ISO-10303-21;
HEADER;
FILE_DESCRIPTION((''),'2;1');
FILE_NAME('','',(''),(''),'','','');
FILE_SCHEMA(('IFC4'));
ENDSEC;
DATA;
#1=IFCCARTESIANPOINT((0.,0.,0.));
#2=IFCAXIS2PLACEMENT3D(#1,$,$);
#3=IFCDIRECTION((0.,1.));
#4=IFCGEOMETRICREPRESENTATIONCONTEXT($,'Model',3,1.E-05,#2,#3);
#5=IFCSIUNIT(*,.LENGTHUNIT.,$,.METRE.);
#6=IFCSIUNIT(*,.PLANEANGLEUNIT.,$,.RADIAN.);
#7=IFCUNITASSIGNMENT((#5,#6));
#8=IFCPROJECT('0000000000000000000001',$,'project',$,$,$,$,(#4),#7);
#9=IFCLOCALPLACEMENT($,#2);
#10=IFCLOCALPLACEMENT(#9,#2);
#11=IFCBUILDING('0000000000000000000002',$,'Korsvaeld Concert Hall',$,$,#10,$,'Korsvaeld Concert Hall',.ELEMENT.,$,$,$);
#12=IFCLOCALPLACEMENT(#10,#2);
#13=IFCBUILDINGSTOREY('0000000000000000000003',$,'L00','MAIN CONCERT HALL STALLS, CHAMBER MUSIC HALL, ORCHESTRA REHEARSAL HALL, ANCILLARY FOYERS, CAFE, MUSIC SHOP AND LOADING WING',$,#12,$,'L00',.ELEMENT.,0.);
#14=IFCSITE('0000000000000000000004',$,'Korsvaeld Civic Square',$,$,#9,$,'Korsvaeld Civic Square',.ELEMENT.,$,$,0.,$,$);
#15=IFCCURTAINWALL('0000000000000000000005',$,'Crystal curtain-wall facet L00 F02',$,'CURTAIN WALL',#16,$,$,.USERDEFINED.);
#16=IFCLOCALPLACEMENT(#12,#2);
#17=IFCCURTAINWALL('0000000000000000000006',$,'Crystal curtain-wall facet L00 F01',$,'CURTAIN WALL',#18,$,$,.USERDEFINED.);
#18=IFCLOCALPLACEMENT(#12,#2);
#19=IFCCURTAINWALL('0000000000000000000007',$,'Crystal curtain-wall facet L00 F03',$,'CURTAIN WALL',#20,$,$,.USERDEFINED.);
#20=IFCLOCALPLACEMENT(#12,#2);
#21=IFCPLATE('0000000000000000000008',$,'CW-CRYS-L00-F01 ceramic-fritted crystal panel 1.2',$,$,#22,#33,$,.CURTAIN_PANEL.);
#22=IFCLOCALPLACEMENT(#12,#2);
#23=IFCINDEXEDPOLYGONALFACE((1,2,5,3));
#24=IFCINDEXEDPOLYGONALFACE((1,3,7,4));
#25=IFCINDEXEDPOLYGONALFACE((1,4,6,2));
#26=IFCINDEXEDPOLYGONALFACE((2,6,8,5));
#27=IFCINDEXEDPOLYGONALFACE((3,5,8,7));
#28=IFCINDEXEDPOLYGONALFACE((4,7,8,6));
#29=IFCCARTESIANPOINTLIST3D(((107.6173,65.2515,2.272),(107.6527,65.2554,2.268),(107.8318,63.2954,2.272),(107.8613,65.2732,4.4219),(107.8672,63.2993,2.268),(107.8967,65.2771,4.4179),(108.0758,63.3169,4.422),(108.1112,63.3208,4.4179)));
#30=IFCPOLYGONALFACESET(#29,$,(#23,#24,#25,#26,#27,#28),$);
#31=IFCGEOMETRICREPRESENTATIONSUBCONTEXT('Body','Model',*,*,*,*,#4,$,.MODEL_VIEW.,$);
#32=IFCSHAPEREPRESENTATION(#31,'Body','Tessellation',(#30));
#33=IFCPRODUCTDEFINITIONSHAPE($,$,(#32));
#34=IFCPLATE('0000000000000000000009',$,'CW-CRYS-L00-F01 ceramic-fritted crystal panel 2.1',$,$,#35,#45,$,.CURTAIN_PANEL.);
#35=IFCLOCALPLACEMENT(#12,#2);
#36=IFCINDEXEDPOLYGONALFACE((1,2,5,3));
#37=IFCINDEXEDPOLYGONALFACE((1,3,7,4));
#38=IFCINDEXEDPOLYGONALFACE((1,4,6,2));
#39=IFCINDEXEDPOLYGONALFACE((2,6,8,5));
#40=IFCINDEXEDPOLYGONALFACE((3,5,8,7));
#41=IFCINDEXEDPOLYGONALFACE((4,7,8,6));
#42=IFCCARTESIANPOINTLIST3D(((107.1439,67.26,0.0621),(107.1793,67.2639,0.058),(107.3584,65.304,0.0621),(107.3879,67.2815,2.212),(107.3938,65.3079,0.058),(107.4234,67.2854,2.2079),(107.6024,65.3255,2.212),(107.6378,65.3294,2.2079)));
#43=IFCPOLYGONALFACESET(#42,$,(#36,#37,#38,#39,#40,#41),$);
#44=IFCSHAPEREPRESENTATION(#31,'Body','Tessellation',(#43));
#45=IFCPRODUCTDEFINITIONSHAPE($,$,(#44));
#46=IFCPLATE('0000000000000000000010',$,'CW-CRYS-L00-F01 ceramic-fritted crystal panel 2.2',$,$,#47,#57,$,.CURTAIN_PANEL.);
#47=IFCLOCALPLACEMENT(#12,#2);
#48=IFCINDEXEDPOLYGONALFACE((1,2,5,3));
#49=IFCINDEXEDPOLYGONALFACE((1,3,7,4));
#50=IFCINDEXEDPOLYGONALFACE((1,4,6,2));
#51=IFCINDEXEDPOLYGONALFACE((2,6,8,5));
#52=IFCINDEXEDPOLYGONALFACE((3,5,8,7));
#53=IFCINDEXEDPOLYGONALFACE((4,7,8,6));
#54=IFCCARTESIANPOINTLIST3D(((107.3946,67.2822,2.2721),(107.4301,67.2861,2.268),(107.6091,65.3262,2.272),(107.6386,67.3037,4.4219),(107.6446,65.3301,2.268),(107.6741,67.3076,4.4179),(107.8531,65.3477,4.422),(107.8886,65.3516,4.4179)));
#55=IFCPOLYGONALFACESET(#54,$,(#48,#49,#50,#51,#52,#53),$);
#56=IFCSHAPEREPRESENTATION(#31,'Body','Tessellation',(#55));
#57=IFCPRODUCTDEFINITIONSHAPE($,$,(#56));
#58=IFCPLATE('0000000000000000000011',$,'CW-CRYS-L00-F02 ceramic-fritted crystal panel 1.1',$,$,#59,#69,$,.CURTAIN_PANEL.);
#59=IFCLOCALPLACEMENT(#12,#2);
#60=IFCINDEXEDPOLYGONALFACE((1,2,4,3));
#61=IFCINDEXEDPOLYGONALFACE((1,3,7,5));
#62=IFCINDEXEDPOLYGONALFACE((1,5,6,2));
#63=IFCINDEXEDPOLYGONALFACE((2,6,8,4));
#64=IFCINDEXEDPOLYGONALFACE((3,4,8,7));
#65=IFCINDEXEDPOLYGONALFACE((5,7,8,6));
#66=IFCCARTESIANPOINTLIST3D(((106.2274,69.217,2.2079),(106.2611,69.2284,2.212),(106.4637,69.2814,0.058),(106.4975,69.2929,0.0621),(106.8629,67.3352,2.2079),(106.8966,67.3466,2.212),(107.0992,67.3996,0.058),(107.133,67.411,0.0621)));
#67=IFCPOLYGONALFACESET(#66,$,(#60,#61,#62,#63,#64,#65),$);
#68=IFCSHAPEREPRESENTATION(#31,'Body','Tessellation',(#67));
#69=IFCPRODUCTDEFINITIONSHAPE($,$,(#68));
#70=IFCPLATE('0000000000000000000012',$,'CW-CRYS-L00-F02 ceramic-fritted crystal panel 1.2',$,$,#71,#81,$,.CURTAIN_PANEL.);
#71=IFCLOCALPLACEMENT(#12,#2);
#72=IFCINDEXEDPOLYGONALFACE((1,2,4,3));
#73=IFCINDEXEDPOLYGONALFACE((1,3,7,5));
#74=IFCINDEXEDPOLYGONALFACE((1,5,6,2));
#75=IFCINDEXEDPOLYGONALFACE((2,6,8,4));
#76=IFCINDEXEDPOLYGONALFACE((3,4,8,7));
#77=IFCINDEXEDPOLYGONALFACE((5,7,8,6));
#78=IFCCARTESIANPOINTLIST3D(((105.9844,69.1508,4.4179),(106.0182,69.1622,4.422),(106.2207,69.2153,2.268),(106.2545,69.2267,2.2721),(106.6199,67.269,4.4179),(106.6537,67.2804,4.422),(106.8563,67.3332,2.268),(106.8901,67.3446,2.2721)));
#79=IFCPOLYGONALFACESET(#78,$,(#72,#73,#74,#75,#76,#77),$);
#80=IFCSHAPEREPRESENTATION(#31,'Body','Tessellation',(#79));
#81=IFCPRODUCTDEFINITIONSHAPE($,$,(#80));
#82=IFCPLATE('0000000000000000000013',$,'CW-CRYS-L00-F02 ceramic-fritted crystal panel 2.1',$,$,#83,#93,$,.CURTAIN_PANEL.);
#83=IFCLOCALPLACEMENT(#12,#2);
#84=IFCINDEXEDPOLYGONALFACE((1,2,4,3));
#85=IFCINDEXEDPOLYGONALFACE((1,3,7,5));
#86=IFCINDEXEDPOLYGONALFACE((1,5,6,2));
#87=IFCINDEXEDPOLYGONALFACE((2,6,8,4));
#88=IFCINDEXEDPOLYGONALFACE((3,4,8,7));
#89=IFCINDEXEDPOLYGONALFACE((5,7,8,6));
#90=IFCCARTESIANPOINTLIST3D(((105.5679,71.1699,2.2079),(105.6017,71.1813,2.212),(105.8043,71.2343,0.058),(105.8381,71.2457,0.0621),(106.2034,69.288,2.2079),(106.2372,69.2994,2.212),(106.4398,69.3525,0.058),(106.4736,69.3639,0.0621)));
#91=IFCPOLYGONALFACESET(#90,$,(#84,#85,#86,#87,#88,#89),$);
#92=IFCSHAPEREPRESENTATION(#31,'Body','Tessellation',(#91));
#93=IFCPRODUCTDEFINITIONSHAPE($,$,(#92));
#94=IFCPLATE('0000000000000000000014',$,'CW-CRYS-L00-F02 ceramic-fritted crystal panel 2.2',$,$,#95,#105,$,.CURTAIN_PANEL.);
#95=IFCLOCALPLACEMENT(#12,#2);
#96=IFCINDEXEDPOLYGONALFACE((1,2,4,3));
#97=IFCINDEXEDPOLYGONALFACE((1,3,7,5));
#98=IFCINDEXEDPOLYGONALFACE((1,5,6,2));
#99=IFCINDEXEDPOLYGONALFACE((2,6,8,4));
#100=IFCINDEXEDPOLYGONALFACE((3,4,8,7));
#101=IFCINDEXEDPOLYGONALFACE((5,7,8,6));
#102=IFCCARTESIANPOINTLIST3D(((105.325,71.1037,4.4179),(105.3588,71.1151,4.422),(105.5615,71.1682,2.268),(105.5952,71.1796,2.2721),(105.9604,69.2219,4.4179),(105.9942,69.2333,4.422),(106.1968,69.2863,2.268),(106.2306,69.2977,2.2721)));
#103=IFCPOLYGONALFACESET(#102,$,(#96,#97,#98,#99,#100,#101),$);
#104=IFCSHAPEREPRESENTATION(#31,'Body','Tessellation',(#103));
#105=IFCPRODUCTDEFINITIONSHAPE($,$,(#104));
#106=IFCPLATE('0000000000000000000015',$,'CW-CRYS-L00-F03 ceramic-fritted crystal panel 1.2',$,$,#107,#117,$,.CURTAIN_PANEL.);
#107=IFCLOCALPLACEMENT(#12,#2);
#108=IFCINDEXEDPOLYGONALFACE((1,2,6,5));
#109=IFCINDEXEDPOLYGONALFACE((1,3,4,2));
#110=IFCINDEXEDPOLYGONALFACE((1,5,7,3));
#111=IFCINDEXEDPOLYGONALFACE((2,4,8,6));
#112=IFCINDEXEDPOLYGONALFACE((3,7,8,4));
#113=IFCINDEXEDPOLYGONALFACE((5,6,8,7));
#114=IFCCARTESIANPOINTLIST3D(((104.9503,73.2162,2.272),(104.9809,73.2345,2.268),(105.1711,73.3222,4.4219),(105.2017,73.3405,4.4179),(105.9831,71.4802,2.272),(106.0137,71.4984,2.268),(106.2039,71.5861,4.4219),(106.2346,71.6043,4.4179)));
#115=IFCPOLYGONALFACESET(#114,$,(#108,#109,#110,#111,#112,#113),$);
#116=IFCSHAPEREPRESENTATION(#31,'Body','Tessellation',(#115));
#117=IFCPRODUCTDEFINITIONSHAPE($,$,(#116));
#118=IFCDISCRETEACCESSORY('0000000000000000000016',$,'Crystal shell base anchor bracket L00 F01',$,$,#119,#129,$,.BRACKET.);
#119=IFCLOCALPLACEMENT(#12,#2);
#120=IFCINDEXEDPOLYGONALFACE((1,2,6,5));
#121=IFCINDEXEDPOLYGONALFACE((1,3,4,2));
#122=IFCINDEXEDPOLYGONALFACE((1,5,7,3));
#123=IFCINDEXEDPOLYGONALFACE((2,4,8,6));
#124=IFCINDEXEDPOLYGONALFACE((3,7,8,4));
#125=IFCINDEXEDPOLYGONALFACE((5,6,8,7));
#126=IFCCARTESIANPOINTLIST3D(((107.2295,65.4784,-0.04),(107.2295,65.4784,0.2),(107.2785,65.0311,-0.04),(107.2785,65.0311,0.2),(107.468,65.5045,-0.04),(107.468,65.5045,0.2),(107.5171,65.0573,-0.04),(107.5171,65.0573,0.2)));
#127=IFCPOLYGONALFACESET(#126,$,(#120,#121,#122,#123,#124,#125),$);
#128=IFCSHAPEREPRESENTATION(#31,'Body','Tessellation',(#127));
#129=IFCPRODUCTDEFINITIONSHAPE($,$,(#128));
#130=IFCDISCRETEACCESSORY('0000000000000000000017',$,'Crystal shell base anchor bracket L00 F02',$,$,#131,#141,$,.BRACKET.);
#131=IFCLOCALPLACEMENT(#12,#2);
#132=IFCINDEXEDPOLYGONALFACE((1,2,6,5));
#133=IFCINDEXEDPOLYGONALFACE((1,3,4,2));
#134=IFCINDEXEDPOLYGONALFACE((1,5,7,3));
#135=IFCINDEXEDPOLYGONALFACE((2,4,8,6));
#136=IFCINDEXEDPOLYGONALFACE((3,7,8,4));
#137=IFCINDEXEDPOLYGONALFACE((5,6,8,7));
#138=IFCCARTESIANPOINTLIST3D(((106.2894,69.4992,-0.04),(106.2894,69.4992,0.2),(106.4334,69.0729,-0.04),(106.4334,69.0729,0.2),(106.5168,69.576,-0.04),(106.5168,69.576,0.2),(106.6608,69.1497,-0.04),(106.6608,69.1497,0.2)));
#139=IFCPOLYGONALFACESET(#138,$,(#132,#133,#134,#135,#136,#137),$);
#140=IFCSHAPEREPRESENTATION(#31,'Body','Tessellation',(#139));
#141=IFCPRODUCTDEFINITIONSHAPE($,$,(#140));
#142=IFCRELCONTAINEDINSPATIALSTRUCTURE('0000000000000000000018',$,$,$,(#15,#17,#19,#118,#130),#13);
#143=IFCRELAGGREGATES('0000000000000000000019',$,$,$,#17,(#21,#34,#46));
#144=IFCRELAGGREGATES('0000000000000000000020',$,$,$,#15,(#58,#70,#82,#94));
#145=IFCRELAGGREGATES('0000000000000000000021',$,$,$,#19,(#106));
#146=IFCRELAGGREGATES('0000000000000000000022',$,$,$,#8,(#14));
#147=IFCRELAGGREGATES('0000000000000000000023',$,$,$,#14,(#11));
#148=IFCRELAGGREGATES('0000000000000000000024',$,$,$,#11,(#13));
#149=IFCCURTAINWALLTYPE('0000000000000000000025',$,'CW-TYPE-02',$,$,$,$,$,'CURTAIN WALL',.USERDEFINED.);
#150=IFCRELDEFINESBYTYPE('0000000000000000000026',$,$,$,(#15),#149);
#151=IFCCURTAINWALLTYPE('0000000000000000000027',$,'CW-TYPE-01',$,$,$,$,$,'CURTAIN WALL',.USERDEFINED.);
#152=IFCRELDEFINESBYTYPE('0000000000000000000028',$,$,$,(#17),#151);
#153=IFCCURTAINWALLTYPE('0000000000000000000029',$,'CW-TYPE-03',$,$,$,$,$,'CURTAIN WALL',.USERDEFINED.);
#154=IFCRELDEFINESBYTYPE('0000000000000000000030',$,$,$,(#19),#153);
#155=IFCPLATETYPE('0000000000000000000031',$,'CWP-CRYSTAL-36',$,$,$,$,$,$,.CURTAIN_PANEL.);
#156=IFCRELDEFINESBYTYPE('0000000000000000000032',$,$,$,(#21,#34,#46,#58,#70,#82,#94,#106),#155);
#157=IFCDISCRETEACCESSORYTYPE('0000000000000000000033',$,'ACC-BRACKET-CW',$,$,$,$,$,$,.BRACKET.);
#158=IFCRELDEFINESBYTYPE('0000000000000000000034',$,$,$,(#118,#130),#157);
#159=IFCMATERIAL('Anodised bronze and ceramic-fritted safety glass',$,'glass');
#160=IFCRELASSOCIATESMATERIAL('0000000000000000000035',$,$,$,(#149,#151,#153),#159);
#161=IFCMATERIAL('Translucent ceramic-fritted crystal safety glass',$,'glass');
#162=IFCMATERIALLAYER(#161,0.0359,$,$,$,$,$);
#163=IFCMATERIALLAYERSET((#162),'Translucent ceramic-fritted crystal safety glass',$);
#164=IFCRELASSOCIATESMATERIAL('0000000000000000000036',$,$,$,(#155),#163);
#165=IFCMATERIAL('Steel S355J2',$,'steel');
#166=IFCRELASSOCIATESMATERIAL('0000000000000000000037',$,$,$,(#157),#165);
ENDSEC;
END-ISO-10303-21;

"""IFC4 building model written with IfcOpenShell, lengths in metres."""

from ifc_helpers import new_model, si_unit, direction, frame, origin, origin_2d, place, context, subcontext, project, spatial, polyline, rectangle, outline, extrude, material, layer, layer_set, type_object, element, aggregate, save


model = new_model("IFC4")

# Units and contexts
model_context = context("Model", 3, precision=1e-05, world=origin(), true_north=direction((0.0, 1.0)))
body_context = subcontext(model_context, "Body", "Model", "MODEL_VIEW")
ifc_project = project(units=[si_unit("LENGTHUNIT", "METRE"), si_unit("PLANEANGLEUNIT", "RADIAN")], contexts=[model_context])

# Site, building, storey
site_placement = place(None, origin())
site = spatial("IfcSite", under=ifc_project, at=site_placement, Name="Korsvaeld Civic Square", LongName="Korsvaeld Civic Square", CompositionType="ELEMENT", RefElevation=0.0)
building_placement = place(site_placement, origin())
building = spatial("IfcBuilding", under=site, at=building_placement, Name="Korsvaeld Concert Hall", LongName="Korsvaeld Concert Hall", CompositionType="ELEMENT")
storey_placement = place(building_placement, origin())
storey = spatial("IfcBuildingStorey", under=building, at=storey_placement, Name="L00", Description="MAIN CONCERT HALL STALLS, CHAMBER MUSIC HALL, ORCHESTRA REHEARSAL HALL, ANCILLARY FOYERS, CAFE, MUSIC SHOP AND LOADING WING", LongName="L00", CompositionType="ELEMENT", Elevation=0.0)

# Curtain walls
ifc_material_1 = material(Name="Anodised bronze and ceramic-fritted safety glass", Category="glass")
curtain_wall_type_1 = type_object("IfcCurtainWallType", Name="CW-TYPE-02", ElementType="CURTAIN WALL", PredefinedType="USERDEFINED", material=ifc_material_1)
curtain_wall_1_placement = place(storey_placement, origin())
curtain_wall_1 = element("IfcCurtainWall", 1, at=curtain_wall_1_placement, inside=storey, type_object=curtain_wall_type_1, Name="Crystal curtain-wall facet L00 F02", ObjectType="CURTAIN WALL", PredefinedType="USERDEFINED")
curtain_wall_type_2 = type_object("IfcCurtainWallType", Name="CW-TYPE-01", ElementType="CURTAIN WALL", PredefinedType="USERDEFINED", material=ifc_material_1)
curtain_wall_2_placement = place(storey_placement, origin())
curtain_wall_2 = element("IfcCurtainWall", 2, at=curtain_wall_2_placement, inside=storey, type_object=curtain_wall_type_2, Name="Crystal curtain-wall facet L00 F01", ObjectType="CURTAIN WALL", PredefinedType="USERDEFINED")

# Curtain wall
curtain_wall_type_3 = type_object("IfcCurtainWallType", Name="CW-TYPE-03", ElementType="CURTAIN WALL", PredefinedType="USERDEFINED", material=ifc_material_1)
curtain_wall_3_placement = place(storey_placement, origin())
curtain_wall_3 = element("IfcCurtainWall", 3, at=curtain_wall_3_placement, inside=storey, type_object=curtain_wall_type_3, Name="Crystal curtain-wall facet L00 F03", ObjectType="CURTAIN WALL", PredefinedType="USERDEFINED")

# Plates
ifc_material_2 = material(Name="Translucent ceramic-fritted crystal safety glass", Category="glass")
ifc_layer = layer(ifc_material_2, 0.0359)
ifc_layer_set = layer_set([ifc_layer], Name="Translucent ceramic-fritted crystal safety glass")
plate_type = type_object("IfcPlateType", Name="CWP-CRYSTAL-36", PredefinedType="CURTAIN_PANEL", material=ifc_layer_set)
plate_1_placement = place(storey_placement, frame((107.8494, 63.2974, 2.27), z_axis=(0.987655, 0.108288, -0.113189), x_axis=(-0.108987, 0.994043, 0.000006)))
plate_1 = element("IfcPlate", 4, at=plate_1_placement, type_object=plate_type, Name="CW-CRYS-L00-F01 ceramic-fritted crystal panel 1.2", PredefinedType="CURTAIN_PANEL", context=body_context, shape_type="SweptSolid", body=[
    extrude(outline(polyline([(0.0, 0.0), (1.9678, 0.0), (1.9628, 2.1638), (-0.0052, 2.1638), (0.0, 0.0)])), frame((0.0, 0.0, 0.0181)), (0.0, 0.0, -1.0), 0.0359),
])
plate_2_placement = place(storey_placement, frame((107.376, 65.3059, 0.0601), z_axis=(0.987655, 0.108294, -0.113183), x_axis=(-0.108996, 0.994042, -0.000007)))
plate_2 = element("IfcPlate", 5, at=plate_2_placement, type_object=plate_type, Name="CW-CRYS-L00-F01 ceramic-fritted crystal panel 2.1", PredefinedType="CURTAIN_PANEL", context=body_context, shape_type="SweptSolid", body=[
    extrude(outline(polyline([(0.0, 0.0), (1.9678, 0.0), (1.9625, 2.1638), (-0.0052, 2.1638), (0.0, 0.0)])), frame((0.0, 0.0, 0.0181)), (0.0, 0.0, -1.0), 0.0359),
])
plate_3_placement = place(storey_placement, frame((107.6267, 65.3281, 2.27), z_axis=(0.987655, 0.108294, -0.113183), x_axis=(-0.108994, 0.994042, 0.000007)))
plate_3 = element("IfcPlate", 6, at=plate_3_placement, type_object=plate_type, Name="CW-CRYS-L00-F01 ceramic-fritted crystal panel 2.2", PredefinedType="CURTAIN_PANEL", context=body_context, shape_type="SweptSolid", body=[
    extrude(outline(polyline([(0.0, 0.0), (1.9678, 0.0), (1.9626, 2.1638), (-0.0052, 2.1638), (0.0, 0.0)])), frame((0.0, 0.0, 0.0181)), (0.0, 0.0, -1.0), 0.0359),
])
aggregate(curtain_wall_2, [plate_1, plate_2, plate_3])
plate_4_placement = place(storey_placement, frame((107.116, 67.4053, 0.0601), z_axis=(0.941365, 0.3179, 0.11301), x_axis=(-0.31995, 0.947435, 0.0)))
plate_4 = element("IfcPlate", 7, at=plate_4_placement, type_object=plate_type, Name="CW-CRYS-L00-F02 ceramic-fritted crystal panel 1.1", PredefinedType="CURTAIN_PANEL", context=body_context, shape_type="SweptSolid", body=[
    extrude(outline(polyline([(0.0, 0.0), (1.9862, 0.0), (2.0008, 2.1638), (0.0145, 2.1638), (0.0, 0.0)])), frame((0.0, 0.0, 0.0181)), (0.0, 0.0, -1.0), 0.0359),
])
plate_5_placement = place(storey_placement, frame((106.873, 67.3389, 2.27), z_axis=(0.941373, 0.317882, 0.112992), x_axis=(-0.319931, 0.947441, -0.000002)))
plate_5 = element("IfcPlate", 8, at=plate_5_placement, type_object=plate_type, Name="CW-CRYS-L00-F02 ceramic-fritted crystal panel 1.2", PredefinedType="CURTAIN_PANEL", context=body_context, shape_type="SweptSolid", body=[
    extrude(outline(polyline([(0.0, 0.0), (1.9865, 0.0), (2.001, 2.1638), (0.0148, 2.1638), (0.0, 0.0)])), frame((0.0, 0.0, 0.0181)), (0.0, 0.0, -1.0), 0.0359),
])
plate_6_placement = place(storey_placement, frame((106.4565, 69.3582, 0.0601), z_axis=(0.941365, 0.3179, 0.11301), x_axis=(-0.31995, 0.947435, 0.0)))
plate_6 = element("IfcPlate", 9, at=plate_6_placement, type_object=plate_type, Name="CW-CRYS-L00-F02 ceramic-fritted crystal panel 2.1", PredefinedType="CURTAIN_PANEL", context=body_context, shape_type="SweptSolid", body=[
    extrude(outline(polyline([(0.0, 0.0), (1.9862, 0.0), (2.0008, 2.1638), (0.0145, 2.1638), (0.0, 0.0)])), frame((0.0, 0.0, 0.0181)), (0.0, 0.0, -1.0), 0.0359),
])
plate_7_placement = place(storey_placement, frame((106.2136, 69.292, 2.27), z_axis=(0.941378, 0.317843, 0.113063), x_axis=(-0.319895, 0.947453, 0.000007)))
plate_7 = element("IfcPlate", 10, at=plate_7_placement, type_object=plate_type, Name="CW-CRYS-L00-F02 ceramic-fritted crystal panel 2.2", PredefinedType="CURTAIN_PANEL", context=body_context, shape_type="SweptSolid", body=[
    extrude(outline(polyline([(0.0, 0.0), (1.9862, 0.0), (2.0008, 2.1638), (0.0146, 2.1638), (0.0, 0.0)])), frame((0.0, 0.0, 0.0181)), (0.0, 0.0, -1.0), 0.0359),
])
aggregate(curtain_wall_1, [plate_4, plate_5, plate_6, plate_7])
plate_8_placement = place(storey_placement, frame((105.9983, 71.4893, 2.27), z_axis=(0.853932, 0.508024, -0.112749), x_axis=(-0.511284, 0.859412, 0.000006)))
plate_8 = element("IfcPlate", 11, at=plate_8_placement, type_object=plate_type, Name="CW-CRYS-L00-F03 ceramic-fritted crystal panel 1.2", PredefinedType="CURTAIN_PANEL", context=body_context, shape_type="SweptSolid", body=[
    extrude(outline(polyline([(0.0, 0.0), (2.02, 0.0), (1.9983, 2.1637), (-0.0219, 2.1637), (0.0, 0.0)])), frame((0.0, 0.0, 0.0181)), (0.0, 0.0, -1.0), 0.0359),
])
aggregate(curtain_wall_3, [plate_8])

# Discrete accessories
ifc_material_3 = material(Name="Steel S355J2", Category="steel")
discrete_accessory_type = type_object("IfcDiscreteAccessoryType", Name="ACC-BRACKET-CW", PredefinedType="BRACKET", material=ifc_material_3)
for number, where, z_axis, x_axis, name in (
    (12, (107.3733, 65.2678, -0.04), (0.0, 0.0, 1.0), (-0.10904, 0.994037, 0.0), "Crystal shell base anchor bracket L00 F01"),
    (13, (106.4751, 69.3245, -0.04), (0.0, 0.0, 1.0), (-0.319952, 0.947434, 0.0), "Crystal shell base anchor bracket L00 F02"),
):
    element("IfcDiscreteAccessory", number, at=place(storey_placement, frame(where, z_axis=z_axis, x_axis=x_axis)), inside=storey, type_object=discrete_accessory_type, Name=name, PredefinedType="BRACKET", context=body_context, shape_type="SweptSolid", body=[
        extrude(rectangle(XDim=0.45, YDim=0.24, at=origin_2d()), origin(), (0.0, 0.0, 1.0), 0.24),
    ])

save(model, "model.ifc")
